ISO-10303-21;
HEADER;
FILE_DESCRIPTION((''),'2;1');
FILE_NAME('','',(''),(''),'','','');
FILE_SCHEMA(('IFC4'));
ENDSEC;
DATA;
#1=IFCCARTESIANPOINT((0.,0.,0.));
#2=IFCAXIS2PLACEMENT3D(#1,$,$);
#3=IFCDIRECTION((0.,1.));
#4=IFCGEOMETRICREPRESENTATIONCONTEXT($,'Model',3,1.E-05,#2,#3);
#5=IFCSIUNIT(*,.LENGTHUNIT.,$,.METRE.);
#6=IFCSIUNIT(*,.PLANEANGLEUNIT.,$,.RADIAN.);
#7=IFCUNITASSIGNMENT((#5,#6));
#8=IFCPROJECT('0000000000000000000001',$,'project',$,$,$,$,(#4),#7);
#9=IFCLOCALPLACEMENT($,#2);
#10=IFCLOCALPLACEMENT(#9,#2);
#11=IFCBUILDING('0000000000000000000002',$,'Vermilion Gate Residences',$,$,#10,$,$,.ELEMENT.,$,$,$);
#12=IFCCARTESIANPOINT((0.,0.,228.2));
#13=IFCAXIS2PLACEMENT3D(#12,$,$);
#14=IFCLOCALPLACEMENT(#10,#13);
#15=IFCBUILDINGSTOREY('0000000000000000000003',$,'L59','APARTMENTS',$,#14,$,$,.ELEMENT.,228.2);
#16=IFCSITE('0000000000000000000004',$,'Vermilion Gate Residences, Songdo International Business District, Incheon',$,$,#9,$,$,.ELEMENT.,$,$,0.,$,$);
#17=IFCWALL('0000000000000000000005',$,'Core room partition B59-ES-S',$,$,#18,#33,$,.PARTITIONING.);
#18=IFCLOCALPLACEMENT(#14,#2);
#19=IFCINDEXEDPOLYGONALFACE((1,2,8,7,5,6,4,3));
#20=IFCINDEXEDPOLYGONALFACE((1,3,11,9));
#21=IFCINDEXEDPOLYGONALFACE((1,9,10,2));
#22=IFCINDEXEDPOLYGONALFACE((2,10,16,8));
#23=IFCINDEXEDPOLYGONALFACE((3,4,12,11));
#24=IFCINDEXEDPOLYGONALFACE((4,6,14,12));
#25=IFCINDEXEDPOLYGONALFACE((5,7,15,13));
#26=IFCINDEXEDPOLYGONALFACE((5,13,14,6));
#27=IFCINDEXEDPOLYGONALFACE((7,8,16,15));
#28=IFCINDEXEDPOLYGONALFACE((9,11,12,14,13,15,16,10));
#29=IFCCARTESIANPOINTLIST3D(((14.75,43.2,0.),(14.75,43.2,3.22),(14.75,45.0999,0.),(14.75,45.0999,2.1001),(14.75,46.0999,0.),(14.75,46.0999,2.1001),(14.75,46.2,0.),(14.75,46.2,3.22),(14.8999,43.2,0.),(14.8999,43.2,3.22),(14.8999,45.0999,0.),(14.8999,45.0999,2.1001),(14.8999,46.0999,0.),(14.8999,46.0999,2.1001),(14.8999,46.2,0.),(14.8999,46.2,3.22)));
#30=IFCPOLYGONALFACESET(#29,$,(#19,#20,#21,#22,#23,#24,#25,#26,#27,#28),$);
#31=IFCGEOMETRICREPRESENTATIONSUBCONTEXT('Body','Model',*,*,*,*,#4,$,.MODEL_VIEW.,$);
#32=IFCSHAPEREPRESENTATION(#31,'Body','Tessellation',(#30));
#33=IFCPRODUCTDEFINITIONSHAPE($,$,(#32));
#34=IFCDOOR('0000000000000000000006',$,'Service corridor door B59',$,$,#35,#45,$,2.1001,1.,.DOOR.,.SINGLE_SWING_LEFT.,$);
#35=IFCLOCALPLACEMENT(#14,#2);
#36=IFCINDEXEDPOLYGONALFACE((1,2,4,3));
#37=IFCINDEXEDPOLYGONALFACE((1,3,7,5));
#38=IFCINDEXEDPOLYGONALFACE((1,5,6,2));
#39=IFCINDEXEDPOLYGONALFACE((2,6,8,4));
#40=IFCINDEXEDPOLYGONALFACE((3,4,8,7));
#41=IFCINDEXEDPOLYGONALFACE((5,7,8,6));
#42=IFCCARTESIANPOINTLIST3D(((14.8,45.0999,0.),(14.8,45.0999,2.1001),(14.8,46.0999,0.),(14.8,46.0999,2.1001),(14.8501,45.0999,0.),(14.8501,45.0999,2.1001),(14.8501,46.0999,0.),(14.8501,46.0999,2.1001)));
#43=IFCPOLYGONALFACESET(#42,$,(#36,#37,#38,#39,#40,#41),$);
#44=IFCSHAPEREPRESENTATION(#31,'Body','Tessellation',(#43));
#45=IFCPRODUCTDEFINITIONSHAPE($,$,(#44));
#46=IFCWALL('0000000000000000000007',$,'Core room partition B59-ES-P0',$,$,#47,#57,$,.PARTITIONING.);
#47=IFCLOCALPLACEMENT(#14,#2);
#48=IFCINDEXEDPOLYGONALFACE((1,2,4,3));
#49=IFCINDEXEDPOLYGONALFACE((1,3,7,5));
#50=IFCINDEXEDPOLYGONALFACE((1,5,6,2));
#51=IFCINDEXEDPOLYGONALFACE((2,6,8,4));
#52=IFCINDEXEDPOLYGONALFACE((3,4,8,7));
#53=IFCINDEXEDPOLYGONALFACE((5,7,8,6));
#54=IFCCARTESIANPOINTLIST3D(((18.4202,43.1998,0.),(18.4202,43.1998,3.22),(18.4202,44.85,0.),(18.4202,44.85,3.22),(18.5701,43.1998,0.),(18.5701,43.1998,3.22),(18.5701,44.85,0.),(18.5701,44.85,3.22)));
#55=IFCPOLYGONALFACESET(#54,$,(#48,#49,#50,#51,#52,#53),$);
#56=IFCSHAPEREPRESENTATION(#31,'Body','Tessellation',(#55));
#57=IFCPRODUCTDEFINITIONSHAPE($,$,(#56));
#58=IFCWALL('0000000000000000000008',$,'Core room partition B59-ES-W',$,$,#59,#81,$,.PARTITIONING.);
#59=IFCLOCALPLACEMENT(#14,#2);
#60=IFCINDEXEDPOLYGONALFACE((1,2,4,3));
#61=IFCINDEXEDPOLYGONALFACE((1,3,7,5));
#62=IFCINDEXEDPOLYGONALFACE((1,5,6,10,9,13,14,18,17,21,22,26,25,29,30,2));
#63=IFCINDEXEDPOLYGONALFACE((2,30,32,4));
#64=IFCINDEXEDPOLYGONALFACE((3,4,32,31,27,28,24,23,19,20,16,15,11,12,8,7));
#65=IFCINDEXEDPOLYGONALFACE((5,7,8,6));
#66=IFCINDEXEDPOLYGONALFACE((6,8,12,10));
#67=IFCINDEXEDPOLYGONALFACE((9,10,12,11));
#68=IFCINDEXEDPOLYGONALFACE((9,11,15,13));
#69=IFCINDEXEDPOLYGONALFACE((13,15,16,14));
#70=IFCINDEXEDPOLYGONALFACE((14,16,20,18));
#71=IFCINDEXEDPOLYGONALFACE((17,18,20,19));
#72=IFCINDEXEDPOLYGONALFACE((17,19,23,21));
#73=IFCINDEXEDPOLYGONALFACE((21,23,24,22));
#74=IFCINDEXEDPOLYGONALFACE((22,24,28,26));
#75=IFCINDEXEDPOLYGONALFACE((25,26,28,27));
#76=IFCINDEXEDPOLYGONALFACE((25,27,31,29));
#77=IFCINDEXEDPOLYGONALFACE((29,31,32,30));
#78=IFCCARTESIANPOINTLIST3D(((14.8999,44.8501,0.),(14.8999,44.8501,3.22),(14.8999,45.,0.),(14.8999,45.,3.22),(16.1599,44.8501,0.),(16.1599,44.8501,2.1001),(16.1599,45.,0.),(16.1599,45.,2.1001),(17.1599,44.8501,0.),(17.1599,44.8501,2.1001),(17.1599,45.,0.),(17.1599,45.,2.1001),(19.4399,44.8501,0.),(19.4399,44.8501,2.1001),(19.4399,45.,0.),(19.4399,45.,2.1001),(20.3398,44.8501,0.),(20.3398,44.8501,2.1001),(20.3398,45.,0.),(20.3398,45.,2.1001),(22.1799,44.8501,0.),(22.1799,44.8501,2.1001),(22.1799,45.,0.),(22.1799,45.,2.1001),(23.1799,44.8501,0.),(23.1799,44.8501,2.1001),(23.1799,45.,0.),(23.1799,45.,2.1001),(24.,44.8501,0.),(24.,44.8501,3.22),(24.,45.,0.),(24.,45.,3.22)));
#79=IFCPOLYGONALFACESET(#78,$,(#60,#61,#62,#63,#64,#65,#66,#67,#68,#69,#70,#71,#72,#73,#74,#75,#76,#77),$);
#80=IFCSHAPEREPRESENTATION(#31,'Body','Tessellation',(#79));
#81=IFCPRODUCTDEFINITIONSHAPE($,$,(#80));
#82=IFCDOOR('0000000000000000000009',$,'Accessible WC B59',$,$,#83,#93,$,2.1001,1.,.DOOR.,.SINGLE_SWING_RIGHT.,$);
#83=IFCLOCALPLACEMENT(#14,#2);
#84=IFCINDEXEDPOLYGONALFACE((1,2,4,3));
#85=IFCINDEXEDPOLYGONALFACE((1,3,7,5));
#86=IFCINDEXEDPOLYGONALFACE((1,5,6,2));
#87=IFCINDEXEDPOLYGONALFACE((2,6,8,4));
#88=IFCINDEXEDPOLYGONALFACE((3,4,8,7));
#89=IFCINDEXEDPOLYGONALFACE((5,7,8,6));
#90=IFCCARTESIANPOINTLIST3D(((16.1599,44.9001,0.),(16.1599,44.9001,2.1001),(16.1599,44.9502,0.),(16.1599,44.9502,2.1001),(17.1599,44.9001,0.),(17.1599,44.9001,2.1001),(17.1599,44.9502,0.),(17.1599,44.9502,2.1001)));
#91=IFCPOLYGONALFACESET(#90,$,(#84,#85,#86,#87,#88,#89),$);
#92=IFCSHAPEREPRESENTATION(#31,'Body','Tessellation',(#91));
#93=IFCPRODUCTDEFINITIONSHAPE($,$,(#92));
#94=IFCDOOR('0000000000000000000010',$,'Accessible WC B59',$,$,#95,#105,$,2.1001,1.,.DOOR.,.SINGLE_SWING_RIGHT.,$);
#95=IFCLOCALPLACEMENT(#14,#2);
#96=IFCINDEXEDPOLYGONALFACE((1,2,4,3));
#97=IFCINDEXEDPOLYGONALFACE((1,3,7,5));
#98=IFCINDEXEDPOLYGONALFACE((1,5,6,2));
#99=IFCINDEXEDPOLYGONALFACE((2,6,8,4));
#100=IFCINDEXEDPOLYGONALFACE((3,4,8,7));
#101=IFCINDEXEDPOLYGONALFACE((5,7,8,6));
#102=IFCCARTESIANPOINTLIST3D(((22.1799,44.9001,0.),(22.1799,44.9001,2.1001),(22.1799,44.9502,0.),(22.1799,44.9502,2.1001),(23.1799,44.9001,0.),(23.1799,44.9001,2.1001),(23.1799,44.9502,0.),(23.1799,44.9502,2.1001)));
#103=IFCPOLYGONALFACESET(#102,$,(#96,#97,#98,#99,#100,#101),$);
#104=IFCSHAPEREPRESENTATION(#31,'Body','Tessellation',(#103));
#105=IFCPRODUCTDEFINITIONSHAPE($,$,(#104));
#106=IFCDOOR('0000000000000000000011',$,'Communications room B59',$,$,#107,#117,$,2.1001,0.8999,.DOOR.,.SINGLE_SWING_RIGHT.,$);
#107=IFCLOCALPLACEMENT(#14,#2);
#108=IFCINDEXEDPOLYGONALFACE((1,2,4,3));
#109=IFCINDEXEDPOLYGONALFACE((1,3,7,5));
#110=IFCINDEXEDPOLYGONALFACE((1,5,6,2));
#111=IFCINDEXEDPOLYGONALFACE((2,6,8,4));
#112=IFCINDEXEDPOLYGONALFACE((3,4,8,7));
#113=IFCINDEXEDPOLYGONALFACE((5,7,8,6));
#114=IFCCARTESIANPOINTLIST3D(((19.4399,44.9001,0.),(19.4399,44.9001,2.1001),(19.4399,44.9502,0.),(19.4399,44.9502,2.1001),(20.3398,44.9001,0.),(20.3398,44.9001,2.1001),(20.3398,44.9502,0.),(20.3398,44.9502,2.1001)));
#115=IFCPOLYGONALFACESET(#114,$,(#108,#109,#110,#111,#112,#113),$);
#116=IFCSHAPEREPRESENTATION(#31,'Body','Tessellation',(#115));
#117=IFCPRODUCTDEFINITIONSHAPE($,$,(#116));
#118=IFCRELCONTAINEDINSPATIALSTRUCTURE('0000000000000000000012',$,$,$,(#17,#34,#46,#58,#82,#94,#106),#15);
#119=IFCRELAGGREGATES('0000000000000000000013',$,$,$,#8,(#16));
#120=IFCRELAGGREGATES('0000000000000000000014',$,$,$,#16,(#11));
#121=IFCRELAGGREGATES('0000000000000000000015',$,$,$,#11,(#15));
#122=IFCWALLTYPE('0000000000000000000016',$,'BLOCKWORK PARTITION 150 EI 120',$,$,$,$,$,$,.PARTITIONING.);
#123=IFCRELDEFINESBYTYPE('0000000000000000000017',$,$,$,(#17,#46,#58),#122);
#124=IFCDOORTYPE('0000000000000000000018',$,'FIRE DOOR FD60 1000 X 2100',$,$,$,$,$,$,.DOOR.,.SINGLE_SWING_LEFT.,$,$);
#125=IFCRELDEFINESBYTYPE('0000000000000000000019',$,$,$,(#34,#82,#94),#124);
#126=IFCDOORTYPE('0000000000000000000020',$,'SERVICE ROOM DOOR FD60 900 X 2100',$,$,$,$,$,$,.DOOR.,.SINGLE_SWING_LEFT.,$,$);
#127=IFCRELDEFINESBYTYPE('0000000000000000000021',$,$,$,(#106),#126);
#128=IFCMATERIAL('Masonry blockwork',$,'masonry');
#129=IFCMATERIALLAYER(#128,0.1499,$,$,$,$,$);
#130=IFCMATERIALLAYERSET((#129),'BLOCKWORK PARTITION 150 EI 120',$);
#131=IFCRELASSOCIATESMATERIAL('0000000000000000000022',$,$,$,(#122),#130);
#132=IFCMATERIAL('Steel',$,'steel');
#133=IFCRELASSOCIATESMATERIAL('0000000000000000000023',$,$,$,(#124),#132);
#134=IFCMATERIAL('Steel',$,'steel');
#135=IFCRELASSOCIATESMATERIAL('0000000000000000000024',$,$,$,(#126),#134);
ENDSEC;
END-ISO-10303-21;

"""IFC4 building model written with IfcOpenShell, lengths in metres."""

from ifc_helpers import new_model, si_unit, direction, frame, frame_2d, origin, place, context, subcontext, project, spatial, rectangle, extrude, material, layer, layer_set, type_object, element, fill, save


model = new_model("IFC4")

# Units and contexts
model_context = context("Model", 3, precision=1e-05, world=origin(), true_north=direction((0.0, 1.0)))
body_context = subcontext(model_context, "Body", "Model", "MODEL_VIEW")
ifc_project = project(units=[si_unit("LENGTHUNIT", "METRE"), si_unit("PLANEANGLEUNIT", "RADIAN")], contexts=[model_context])

# Site, building, storey
site_placement = place(None, origin())
site = spatial("IfcSite", under=ifc_project, at=site_placement, Name="Vermilion Gate Residences, Songdo International Business District, Incheon", CompositionType="ELEMENT", RefElevation=0.0)
building_placement = place(site_placement, origin())
building = spatial("IfcBuilding", under=site, at=building_placement, Name="Vermilion Gate Residences", CompositionType="ELEMENT")
storey_placement = place(building_placement, frame((0.0, 0.0, 228.2)))
storey = spatial("IfcBuildingStorey", under=building, at=storey_placement, Name="L59", Description="APARTMENTS", CompositionType="ELEMENT", Elevation=228.2)

# Wall, opening, door
ifc_material_1 = material(Name="Masonry blockwork", Category="masonry")
ifc_layer_1 = layer(ifc_material_1, 0.1499)
ifc_layer_set_1 = layer_set([ifc_layer_1], Name="BLOCKWORK PARTITION 150 EI 120")
wall_type_1 = type_object("IfcWallType", Name="BLOCKWORK PARTITION 150 EI 120", PredefinedType="PARTITIONING", material=ifc_layer_set_1)
wall_1_placement = place(storey_placement, frame((14.825, 46.2, 0.0), z_axis=(0.0, 0.0, 1.0), x_axis=(0.0, -1.0, 0.0)))
wall_1 = element("IfcWall", 1, at=wall_1_placement, inside=storey, type_object=wall_type_1, Name="Core room partition B59-ES-S", PredefinedType="PARTITIONING", context=body_context, shape_type="SweptSolid", body=[
    extrude(rectangle(XDim=3.0, YDim=0.1499, at=frame_2d((1.5, 0.0))), origin(), (0.0, 0.0, 1.0), 3.22),
])
opening_1_placement = place(wall_1_placement, frame((0.1001, 0.0, 0.0)))
opening_1 = element("IfcOpeningElement", 2, at=opening_1_placement, cuts=wall_1, PredefinedType="OPENING", context=body_context, shape_type="SweptSolid", body=[
    extrude(rectangle(XDim=1.0, YDim=2.1001, at=frame_2d((0.5, 1.05))), frame((0.0, 0.085, 0.0), z_axis=(0.0, -1.0, 0.0), x_axis=(1.0, 0.0, 0.0)), (0.0, 0.0, 1.0), 0.1699),
])
ifc_material_2 = material(Name="Steel", Category="steel")
door_type_1 = type_object("IfcDoorType", Name="FIRE DOOR FD60 1000 X 2100", OperationType="SINGLE_SWING_LEFT", PredefinedType="DOOR", material=ifc_material_2)
door_1_placement = place(opening_1_placement, frame((1.0, 0.0, 0.0), z_axis=(0.0, 0.0, 1.0), x_axis=(-1.0, 0.0, 0.0)))
door_1 = element("IfcDoor", 3, at=door_1_placement, inside=storey, type_object=door_type_1, Name="Service corridor door B59", OperationType="SINGLE_SWING_LEFT", OverallHeight=2.1001, OverallWidth=1.0, PredefinedType="DOOR", context=body_context, shape_type="SweptSolid", body=[
    extrude(rectangle(XDim=1.0, YDim=2.1001, at=frame_2d((0.5, 1.05))), frame((0.0, 0.0249, 0.0), z_axis=(0.0, -1.0, 0.0), x_axis=(1.0, 0.0, 0.0)), (0.0, 0.0, 1.0), 0.05),
])
fill(opening_1, door_1)

# Wall
wall_2_placement = place(storey_placement, frame((18.4951, 44.8501, 0.0), z_axis=(0.0, 0.0, 1.0), x_axis=(0.0, -1.0, 0.0)))
element("IfcWall", 4, at=wall_2_placement, inside=storey, type_object=wall_type_1, Name="Core room partition B59-ES-P0", PredefinedType="PARTITIONING", context=body_context, shape_type="SweptSolid", body=[
    extrude(rectangle(XDim=1.6501, YDim=0.1499, at=frame_2d((0.8252, 0.0))), origin(), (0.0, 0.0, 1.0), 3.22),
])

# Wall, openings, doors
wall_3_placement = place(storey_placement, frame((14.8999, 44.925, 0.0), z_axis=(0.0, 0.0, 1.0), x_axis=(1.0, 0.0, 0.0)))
wall_3 = element("IfcWall", 5, at=wall_3_placement, inside=storey, type_object=wall_type_1, Name="Core room partition B59-ES-W", PredefinedType="PARTITIONING", context=body_context, shape_type="SweptSolid", body=[
    extrude(rectangle(XDim=9.1001, YDim=0.1499, at=frame_2d((4.55, 0.0))), origin(), (0.0, 0.0, 1.0), 3.22),
])
opening_2_placement = place(wall_3_placement, frame((1.26, 0.0, 0.0)))
opening_2 = element("IfcOpeningElement", 6, at=opening_2_placement, cuts=wall_3, PredefinedType="OPENING", context=body_context, shape_type="SweptSolid", body=[
    extrude(rectangle(XDim=1.0, YDim=2.1001, at=frame_2d((0.5, 1.05))), frame((0.0, 0.085, 0.0), z_axis=(0.0, -1.0, 0.0), x_axis=(1.0, 0.0, 0.0)), (0.0, 0.0, 1.0), 0.1699),
])
opening_3_placement = place(wall_3_placement, frame((4.54, 0.0, 0.0)))
opening_3 = element("IfcOpeningElement", 7, at=opening_3_placement, cuts=wall_3, PredefinedType="OPENING", context=body_context, shape_type="SweptSolid", body=[
    extrude(rectangle(XDim=0.8999, YDim=2.1001, at=frame_2d((0.45, 1.05))), frame((0.0, 0.085, 0.0), z_axis=(0.0, -1.0, 0.0), x_axis=(1.0, 0.0, 0.0)), (0.0, 0.0, 1.0), 0.1699),
])
opening_4_placement = place(wall_3_placement, frame((7.28, 0.0, 0.0)))
opening_4 = element("IfcOpeningElement", 8, at=opening_4_placement, cuts=wall_3, PredefinedType="OPENING", context=body_context, shape_type="SweptSolid", body=[
    extrude(rectangle(XDim=1.0, YDim=2.1001, at=frame_2d((0.5, 1.05))), frame((0.0, 0.085, 0.0), z_axis=(0.0, -1.0, 0.0), x_axis=(1.0, 0.0, 0.0)), (0.0, 0.0, 1.0), 0.1699),
])
door_2_placement = place(opening_2_placement, frame((1.0, 0.0, 0.0), z_axis=(0.0, 0.0, 1.0), x_axis=(-1.0, 0.0, 0.0)))
door_2 = element("IfcDoor", 9, at=door_2_placement, inside=storey, type_object=door_type_1, Name="Accessible WC B59", OperationType="SINGLE_SWING_RIGHT", OverallHeight=2.1001, OverallWidth=1.0, PredefinedType="DOOR", context=body_context, shape_type="SweptSolid", body=[
    extrude(rectangle(XDim=1.0, YDim=2.1001, at=frame_2d((0.5, 1.05))), frame((0.0, 0.0249, 0.0), z_axis=(0.0, -1.0, 0.0), x_axis=(1.0, 0.0, 0.0)), (0.0, 0.0, 1.0), 0.05),
])
fill(opening_2, door_2)
door_3_placement = place(opening_4_placement, frame((1.0, 0.0, 0.0), z_axis=(0.0, 0.0, 1.0), x_axis=(-1.0, 0.0, 0.0)))
door_3 = element("IfcDoor", 10, at=door_3_placement, inside=storey, type_object=door_type_1, Name="Accessible WC B59", OperationType="SINGLE_SWING_RIGHT", OverallHeight=2.1001, OverallWidth=1.0, PredefinedType="DOOR", context=body_context, shape_type="SweptSolid", body=[
    extrude(rectangle(XDim=1.0, YDim=2.1001, at=frame_2d((0.5, 1.05))), frame((0.0, 0.0249, 0.0), z_axis=(0.0, -1.0, 0.0), x_axis=(1.0, 0.0, 0.0)), (0.0, 0.0, 1.0), 0.05),
])
fill(opening_4, door_3)
ifc_material_3 = material(Name="Steel", Category="steel")
door_type_2 = type_object("IfcDoorType", Name="SERVICE ROOM DOOR FD60 900 X 2100", OperationType="SINGLE_SWING_LEFT", PredefinedType="DOOR", material=ifc_material_3)
door_4_placement = place(opening_3_placement, frame((0.8999, 0.0, 0.0), z_axis=(0.0, 0.0, 1.0), x_axis=(-1.0, 0.0, 0.0)))
door_4 = element("IfcDoor", 11, at=door_4_placement, inside=storey, type_object=door_type_2, Name="Communications room B59", OperationType="SINGLE_SWING_RIGHT", OverallHeight=2.1001, OverallWidth=0.8999, PredefinedType="DOOR", context=body_context, shape_type="SweptSolid", body=[
    extrude(rectangle(XDim=0.8999, YDim=2.1001, at=frame_2d((0.45, 1.05))), frame((0.0, 0.0249, 0.0), z_axis=(0.0, -1.0, 0.0), x_axis=(1.0, 0.0, 0.0)), (0.0, 0.0, 1.0), 0.05),
])
fill(opening_3, door_4)

save(model, "model.ifc")
